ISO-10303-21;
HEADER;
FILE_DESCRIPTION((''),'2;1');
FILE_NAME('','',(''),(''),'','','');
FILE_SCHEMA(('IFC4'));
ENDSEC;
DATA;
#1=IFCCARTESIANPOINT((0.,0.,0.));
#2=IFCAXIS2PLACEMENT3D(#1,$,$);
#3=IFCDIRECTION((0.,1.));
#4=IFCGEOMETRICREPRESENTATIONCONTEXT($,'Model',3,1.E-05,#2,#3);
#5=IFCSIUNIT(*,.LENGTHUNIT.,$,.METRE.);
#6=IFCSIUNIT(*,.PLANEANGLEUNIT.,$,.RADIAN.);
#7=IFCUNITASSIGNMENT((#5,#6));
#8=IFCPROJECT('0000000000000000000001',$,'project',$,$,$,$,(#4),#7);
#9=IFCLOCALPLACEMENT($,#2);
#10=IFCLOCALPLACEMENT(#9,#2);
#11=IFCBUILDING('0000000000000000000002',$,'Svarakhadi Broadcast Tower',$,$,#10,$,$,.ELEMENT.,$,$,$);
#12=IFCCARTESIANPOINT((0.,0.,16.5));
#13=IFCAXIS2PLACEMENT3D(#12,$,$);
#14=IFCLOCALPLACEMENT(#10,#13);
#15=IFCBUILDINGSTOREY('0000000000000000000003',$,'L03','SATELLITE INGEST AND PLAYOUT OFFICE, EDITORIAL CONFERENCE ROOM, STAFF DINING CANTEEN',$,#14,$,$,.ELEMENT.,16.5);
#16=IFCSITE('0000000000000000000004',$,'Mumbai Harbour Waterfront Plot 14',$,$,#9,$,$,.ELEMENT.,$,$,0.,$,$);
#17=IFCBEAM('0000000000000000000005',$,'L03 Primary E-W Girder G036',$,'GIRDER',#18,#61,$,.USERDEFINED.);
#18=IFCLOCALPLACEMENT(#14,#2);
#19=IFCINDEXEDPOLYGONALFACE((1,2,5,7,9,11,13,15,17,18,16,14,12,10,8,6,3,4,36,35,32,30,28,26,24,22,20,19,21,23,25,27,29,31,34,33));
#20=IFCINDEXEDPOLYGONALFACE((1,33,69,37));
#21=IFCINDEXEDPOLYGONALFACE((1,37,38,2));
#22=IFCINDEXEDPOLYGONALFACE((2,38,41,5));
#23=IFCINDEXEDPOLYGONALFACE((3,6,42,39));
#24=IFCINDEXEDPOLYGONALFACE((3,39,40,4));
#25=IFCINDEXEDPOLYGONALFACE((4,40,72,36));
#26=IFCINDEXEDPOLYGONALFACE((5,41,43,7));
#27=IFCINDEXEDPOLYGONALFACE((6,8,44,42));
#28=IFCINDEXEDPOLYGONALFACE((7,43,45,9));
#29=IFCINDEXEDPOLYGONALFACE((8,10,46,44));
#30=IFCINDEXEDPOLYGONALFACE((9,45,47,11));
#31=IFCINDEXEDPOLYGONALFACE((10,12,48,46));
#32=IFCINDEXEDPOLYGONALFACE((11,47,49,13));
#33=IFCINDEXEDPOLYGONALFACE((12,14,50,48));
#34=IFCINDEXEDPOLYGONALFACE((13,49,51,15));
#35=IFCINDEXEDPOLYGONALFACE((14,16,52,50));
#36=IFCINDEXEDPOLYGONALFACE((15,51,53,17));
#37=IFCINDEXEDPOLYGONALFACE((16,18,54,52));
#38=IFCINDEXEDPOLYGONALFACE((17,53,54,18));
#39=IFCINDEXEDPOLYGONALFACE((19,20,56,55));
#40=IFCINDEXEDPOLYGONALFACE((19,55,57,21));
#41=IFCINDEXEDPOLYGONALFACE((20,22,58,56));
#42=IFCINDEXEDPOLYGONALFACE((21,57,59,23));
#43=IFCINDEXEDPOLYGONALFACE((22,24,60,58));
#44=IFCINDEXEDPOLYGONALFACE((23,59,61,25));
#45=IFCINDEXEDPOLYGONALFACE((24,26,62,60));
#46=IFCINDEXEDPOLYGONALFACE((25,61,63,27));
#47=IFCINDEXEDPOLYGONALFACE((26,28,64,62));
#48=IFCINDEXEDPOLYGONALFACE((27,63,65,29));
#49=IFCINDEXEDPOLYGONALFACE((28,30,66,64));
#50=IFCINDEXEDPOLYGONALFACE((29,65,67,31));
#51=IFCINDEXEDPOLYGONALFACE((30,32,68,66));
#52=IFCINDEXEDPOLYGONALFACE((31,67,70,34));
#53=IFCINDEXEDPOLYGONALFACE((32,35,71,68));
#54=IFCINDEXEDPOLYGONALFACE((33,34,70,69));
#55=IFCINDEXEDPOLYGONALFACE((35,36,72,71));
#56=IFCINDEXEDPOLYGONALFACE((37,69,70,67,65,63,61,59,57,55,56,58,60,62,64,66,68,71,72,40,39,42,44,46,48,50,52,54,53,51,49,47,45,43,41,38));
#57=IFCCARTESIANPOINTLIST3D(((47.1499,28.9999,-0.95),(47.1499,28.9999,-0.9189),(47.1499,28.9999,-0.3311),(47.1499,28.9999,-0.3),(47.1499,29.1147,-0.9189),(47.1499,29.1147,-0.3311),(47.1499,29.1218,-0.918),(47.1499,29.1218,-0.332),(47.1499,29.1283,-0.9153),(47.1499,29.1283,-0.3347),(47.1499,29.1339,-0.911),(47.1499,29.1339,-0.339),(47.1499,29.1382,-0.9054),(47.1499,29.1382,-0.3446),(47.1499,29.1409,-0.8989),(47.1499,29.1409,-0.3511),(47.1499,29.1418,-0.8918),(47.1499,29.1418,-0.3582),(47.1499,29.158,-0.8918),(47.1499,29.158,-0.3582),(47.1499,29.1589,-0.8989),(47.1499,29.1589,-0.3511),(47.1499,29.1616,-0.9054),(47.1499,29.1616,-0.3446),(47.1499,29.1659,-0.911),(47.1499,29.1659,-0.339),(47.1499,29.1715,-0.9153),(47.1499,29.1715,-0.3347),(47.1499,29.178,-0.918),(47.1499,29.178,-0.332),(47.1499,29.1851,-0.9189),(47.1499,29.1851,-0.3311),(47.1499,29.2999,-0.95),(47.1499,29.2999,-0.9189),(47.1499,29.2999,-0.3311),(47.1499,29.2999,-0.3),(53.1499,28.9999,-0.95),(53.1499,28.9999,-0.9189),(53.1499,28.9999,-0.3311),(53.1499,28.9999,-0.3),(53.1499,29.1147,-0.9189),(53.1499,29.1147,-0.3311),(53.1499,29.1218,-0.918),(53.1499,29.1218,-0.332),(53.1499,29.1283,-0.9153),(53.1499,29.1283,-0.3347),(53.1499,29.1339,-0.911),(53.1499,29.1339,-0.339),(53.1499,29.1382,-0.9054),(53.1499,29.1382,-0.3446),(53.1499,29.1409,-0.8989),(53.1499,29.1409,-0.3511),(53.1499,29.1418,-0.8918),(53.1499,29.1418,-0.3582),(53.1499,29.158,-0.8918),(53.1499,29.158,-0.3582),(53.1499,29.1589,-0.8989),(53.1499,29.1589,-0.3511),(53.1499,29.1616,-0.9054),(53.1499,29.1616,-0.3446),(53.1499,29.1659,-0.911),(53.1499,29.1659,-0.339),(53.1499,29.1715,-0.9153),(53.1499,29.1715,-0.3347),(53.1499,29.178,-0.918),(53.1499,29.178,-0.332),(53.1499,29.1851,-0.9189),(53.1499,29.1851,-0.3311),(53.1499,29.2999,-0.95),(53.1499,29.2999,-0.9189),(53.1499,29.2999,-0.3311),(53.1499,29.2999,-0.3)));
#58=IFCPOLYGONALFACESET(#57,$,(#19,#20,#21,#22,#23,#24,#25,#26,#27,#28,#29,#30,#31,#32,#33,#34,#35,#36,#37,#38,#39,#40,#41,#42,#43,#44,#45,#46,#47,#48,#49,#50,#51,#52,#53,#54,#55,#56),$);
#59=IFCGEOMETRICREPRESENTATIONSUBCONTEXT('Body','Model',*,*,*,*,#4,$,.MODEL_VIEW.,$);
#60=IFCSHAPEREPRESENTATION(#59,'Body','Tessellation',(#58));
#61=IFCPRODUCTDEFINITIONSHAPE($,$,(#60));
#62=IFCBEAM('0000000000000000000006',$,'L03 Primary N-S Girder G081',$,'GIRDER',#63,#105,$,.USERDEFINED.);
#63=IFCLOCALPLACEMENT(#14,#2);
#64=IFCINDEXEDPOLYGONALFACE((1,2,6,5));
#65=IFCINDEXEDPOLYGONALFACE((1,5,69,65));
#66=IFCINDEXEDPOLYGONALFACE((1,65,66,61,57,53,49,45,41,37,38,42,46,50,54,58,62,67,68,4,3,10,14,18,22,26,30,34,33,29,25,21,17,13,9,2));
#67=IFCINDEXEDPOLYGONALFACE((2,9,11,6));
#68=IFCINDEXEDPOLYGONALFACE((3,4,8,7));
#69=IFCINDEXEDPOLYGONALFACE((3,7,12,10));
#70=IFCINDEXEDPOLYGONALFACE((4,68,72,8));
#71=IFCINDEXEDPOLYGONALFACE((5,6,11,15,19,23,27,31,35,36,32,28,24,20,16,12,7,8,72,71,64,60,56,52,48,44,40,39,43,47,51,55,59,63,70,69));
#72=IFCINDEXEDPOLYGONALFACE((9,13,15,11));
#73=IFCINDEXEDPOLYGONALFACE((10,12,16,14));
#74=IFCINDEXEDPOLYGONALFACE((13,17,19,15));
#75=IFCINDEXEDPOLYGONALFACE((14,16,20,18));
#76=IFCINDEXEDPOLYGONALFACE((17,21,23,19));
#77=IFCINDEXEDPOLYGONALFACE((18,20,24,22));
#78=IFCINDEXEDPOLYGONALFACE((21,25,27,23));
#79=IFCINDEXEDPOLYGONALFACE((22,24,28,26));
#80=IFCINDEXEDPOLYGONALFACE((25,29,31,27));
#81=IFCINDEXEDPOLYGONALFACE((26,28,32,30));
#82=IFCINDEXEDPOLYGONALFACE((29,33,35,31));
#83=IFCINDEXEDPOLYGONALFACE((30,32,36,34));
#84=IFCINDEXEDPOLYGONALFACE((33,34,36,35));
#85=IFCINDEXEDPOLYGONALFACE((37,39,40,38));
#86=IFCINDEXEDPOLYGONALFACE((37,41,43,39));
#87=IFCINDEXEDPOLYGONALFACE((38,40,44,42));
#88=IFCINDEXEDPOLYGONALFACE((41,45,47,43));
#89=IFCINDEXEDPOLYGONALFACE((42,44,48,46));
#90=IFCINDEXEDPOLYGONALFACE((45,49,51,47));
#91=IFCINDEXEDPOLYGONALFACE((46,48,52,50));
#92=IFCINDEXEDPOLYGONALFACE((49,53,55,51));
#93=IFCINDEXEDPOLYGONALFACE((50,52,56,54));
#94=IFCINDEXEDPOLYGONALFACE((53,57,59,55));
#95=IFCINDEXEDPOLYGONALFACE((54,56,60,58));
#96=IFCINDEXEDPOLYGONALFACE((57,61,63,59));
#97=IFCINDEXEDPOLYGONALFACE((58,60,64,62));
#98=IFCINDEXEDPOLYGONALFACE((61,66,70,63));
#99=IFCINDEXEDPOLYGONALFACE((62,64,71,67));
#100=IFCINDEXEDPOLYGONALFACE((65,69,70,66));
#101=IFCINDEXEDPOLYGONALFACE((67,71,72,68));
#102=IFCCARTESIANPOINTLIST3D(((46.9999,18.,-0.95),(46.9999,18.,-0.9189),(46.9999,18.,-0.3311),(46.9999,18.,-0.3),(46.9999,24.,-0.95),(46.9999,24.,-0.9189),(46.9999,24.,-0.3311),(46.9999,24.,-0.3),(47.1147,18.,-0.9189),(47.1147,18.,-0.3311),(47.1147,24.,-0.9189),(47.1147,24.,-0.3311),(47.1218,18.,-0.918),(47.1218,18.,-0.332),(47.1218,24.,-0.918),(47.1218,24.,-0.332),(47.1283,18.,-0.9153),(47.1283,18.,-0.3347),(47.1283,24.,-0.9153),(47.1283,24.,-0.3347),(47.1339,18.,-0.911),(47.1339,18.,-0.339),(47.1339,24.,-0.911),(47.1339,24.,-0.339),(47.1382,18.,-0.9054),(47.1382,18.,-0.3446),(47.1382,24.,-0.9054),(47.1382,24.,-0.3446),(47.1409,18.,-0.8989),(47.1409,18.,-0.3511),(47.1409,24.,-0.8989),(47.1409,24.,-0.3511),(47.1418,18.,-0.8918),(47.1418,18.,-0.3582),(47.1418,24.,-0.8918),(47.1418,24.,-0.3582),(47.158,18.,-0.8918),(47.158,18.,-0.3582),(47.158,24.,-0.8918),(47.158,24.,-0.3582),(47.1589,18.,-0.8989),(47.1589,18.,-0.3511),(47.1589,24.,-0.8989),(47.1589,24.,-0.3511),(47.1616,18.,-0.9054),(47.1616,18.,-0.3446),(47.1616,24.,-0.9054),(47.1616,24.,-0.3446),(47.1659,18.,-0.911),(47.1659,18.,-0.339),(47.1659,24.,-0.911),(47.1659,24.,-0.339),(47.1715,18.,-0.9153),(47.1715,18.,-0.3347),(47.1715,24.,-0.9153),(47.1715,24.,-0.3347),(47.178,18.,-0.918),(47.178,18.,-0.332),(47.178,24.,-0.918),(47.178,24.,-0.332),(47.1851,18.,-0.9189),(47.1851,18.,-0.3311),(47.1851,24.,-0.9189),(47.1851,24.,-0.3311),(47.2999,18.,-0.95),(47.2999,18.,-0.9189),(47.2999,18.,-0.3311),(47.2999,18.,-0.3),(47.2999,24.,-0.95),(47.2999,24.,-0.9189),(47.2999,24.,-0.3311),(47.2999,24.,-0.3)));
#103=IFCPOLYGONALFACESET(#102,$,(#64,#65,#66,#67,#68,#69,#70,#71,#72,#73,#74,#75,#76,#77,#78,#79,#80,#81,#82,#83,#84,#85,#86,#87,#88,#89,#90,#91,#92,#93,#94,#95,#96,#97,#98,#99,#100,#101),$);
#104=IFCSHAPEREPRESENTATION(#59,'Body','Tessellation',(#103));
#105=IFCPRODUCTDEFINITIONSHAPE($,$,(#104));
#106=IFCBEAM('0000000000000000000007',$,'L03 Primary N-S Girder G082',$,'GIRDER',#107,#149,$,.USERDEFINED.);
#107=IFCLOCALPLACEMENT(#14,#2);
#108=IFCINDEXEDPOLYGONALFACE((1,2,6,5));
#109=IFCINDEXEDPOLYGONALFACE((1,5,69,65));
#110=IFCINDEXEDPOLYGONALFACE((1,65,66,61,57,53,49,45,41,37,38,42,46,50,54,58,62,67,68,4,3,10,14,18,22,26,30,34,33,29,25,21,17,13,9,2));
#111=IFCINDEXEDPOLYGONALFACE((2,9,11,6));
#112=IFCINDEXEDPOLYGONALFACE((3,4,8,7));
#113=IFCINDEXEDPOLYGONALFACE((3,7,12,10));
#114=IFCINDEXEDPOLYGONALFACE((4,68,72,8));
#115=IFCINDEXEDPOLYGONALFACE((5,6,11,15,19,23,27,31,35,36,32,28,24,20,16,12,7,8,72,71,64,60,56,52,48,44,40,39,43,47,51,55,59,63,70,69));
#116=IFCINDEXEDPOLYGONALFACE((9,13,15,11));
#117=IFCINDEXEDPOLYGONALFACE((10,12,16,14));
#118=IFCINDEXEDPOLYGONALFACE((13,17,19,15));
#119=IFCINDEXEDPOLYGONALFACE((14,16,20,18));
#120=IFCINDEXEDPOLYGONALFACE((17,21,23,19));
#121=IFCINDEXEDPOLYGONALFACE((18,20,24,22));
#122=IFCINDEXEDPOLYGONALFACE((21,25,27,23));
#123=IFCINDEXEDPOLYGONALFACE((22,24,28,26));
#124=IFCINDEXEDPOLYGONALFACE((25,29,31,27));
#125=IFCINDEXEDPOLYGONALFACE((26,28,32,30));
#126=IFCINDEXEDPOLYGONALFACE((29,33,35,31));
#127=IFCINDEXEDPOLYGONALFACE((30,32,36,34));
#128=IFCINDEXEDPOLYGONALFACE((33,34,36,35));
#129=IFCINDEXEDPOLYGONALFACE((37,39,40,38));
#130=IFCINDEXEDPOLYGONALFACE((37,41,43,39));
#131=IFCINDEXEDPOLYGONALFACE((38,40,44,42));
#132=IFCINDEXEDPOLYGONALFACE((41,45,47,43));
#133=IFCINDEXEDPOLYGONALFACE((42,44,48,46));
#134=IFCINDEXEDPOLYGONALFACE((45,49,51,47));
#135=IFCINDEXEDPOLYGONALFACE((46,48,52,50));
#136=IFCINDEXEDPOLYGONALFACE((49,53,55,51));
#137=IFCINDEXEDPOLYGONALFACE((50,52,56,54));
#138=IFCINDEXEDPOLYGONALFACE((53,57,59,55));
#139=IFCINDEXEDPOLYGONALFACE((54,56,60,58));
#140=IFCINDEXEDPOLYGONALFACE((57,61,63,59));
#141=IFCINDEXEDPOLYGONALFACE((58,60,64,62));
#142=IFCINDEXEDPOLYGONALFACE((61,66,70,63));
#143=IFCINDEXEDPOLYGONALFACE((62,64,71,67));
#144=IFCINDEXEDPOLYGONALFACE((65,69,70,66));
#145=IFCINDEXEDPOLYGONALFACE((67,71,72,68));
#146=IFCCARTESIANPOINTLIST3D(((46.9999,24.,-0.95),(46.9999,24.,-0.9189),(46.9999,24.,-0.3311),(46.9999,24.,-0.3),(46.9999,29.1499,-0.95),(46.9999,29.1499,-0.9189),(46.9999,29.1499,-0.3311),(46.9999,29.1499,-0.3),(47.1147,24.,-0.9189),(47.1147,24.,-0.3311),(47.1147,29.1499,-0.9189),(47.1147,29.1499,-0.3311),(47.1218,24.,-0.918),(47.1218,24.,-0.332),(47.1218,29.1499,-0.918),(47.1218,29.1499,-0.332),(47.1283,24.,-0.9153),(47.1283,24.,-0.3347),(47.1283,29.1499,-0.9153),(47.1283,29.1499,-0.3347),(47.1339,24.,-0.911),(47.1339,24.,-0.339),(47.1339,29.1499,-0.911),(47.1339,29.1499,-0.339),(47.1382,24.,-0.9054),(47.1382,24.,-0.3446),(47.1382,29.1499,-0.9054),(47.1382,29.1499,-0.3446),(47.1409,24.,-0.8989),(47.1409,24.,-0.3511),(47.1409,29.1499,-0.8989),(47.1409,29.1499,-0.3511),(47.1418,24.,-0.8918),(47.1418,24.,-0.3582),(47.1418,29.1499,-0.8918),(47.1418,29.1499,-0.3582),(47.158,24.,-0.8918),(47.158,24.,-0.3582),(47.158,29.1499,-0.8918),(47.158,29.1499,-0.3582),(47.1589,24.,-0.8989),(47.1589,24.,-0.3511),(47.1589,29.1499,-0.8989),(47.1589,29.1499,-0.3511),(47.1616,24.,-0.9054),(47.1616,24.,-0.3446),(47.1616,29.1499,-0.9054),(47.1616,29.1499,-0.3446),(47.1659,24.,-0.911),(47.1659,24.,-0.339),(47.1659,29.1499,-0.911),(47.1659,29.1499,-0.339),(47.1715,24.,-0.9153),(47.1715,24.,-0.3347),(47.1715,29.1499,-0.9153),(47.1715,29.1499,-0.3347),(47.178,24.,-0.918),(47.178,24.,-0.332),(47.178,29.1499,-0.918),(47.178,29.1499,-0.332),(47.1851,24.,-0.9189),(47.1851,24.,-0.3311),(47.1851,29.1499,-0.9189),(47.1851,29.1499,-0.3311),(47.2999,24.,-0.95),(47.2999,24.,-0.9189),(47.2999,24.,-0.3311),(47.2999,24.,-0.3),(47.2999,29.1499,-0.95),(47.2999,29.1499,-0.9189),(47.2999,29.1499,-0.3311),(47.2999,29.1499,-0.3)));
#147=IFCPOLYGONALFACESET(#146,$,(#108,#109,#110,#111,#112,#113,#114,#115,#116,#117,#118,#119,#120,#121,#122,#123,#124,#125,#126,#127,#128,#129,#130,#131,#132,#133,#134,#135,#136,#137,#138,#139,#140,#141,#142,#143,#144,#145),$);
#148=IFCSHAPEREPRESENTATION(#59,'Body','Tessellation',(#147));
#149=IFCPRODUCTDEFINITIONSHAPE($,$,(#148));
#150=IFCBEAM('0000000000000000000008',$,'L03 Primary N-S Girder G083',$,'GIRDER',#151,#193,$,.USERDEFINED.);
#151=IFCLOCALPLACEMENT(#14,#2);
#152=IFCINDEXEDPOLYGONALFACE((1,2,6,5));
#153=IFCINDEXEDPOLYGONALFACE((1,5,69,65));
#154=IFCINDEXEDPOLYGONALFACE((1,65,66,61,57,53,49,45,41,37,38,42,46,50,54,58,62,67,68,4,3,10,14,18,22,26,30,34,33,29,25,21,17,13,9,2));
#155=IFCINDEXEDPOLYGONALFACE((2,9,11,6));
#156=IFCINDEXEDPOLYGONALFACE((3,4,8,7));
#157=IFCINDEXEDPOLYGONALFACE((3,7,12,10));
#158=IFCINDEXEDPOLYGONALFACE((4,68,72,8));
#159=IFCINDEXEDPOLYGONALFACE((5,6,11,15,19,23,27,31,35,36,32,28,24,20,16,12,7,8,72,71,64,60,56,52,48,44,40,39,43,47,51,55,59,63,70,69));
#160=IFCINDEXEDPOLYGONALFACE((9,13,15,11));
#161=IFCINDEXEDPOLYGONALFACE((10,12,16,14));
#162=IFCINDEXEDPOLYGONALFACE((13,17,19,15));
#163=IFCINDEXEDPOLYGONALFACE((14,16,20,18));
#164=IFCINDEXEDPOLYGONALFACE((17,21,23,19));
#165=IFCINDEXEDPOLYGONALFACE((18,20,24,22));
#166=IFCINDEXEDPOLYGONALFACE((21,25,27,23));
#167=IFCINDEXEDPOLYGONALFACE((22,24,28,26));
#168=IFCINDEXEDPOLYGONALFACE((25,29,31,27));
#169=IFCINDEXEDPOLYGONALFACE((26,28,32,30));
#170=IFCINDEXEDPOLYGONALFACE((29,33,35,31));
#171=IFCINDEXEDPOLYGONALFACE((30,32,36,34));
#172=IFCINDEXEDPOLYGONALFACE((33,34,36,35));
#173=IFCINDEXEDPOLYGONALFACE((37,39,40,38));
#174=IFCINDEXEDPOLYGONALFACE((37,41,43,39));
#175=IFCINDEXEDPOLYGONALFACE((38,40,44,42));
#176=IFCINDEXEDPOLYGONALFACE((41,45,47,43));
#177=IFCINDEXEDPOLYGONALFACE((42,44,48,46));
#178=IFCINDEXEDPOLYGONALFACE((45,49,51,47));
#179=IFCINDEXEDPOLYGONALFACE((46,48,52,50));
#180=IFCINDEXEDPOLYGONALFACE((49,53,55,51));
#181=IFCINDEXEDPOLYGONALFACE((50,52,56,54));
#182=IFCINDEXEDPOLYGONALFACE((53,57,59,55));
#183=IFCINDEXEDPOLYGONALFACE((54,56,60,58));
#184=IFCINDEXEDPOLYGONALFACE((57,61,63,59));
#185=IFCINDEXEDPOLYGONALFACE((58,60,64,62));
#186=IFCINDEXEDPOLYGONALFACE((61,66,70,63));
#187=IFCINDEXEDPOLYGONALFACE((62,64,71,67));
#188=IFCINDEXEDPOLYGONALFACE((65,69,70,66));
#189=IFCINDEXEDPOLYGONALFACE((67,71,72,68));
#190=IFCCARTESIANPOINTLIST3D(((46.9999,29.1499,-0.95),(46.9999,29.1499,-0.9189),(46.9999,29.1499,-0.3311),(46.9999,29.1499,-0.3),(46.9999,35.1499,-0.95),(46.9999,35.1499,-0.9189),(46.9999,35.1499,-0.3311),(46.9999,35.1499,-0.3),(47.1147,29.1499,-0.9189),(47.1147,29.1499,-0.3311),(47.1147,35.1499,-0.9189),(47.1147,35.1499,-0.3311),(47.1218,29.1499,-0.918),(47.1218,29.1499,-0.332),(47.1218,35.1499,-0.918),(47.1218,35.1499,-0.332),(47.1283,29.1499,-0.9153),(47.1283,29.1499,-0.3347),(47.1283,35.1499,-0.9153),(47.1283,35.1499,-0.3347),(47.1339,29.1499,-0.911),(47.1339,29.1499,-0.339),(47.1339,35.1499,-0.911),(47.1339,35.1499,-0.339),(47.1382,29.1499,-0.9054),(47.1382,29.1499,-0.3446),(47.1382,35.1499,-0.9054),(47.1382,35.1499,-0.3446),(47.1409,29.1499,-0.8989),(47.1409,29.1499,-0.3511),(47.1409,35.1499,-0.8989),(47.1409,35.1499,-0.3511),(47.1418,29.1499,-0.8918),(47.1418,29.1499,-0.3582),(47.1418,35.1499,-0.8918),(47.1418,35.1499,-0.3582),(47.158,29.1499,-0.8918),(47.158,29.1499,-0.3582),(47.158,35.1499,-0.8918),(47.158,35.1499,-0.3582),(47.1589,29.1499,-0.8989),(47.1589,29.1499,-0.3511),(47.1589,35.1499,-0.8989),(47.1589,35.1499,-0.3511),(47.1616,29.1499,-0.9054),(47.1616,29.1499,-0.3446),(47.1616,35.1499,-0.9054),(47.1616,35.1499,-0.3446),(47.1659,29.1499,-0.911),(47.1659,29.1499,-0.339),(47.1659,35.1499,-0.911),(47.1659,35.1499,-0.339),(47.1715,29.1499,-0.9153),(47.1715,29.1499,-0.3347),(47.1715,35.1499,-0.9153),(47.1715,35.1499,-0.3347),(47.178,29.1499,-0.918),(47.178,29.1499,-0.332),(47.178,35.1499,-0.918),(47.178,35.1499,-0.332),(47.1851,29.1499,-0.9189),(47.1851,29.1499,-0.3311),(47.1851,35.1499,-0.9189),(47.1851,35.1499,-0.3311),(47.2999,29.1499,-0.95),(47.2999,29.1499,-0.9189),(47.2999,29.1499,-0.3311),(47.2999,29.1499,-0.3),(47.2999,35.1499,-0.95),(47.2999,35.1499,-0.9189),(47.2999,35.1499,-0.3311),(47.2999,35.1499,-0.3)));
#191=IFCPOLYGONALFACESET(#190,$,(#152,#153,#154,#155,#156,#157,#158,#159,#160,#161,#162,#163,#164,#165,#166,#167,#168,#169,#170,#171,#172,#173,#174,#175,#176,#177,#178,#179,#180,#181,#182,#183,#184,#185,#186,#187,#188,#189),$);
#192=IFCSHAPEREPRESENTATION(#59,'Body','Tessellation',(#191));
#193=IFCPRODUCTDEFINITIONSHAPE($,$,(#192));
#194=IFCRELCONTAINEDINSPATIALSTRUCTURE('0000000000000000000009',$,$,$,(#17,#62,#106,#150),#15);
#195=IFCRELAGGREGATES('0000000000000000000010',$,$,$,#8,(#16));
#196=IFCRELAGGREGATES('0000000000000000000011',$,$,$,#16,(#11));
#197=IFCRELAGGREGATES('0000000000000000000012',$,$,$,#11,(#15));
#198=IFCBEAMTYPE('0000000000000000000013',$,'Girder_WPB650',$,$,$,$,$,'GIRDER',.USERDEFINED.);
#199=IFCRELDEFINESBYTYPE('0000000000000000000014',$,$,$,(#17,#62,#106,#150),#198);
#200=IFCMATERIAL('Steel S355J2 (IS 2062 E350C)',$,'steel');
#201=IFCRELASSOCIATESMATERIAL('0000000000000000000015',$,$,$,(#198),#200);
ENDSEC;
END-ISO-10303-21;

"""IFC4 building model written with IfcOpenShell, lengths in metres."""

from ifc_helpers import new_model, si_unit, direction, frame, origin, origin_2d, place, context, subcontext, project, spatial, i_section, extrude, material, material_profile, profile_set, type_object, element, save


model = new_model("IFC4")

# Units and contexts
model_context = context("Model", 3, precision=1e-05, world=origin(), true_north=direction((0.0, 1.0)))
body_context = subcontext(model_context, "Body", "Model", "MODEL_VIEW")
ifc_project = project(units=[si_unit("LENGTHUNIT", "METRE"), si_unit("PLANEANGLEUNIT", "RADIAN")], contexts=[model_context])

# Site, building, storey
site_placement = place(None, origin())
site = spatial("IfcSite", under=ifc_project, at=site_placement, Name="Mumbai Harbour Waterfront Plot 14", CompositionType="ELEMENT", RefElevation=0.0)
building_placement = place(site_placement, origin())
building = spatial("IfcBuilding", under=site, at=building_placement, Name="Svarakhadi Broadcast Tower", CompositionType="ELEMENT")
storey_placement = place(building_placement, frame((0.0, 0.0, 16.5)))
storey = spatial("IfcBuildingStorey", under=building, at=storey_placement, Name="L03", Description="SATELLITE INGEST AND PLAYOUT OFFICE, EDITORIAL CONFERENCE ROOM, STAFF DINING CANTEEN", CompositionType="ELEMENT", Elevation=16.5)

# Shared definitions
ifc_material_1 = material(Name="Steel S355J2 (IS 2062 E350C)", Category="steel")

# Beams
ifc_material_profile_1 = material_profile(ifc_material_1, i_section(OverallWidth=0.3, OverallDepth=0.6499, WebThickness=0.0161, FlangeThickness=0.031, FilletRadius=0.0271, at=origin_2d()), Name="WPB 650x300x225")
ifc_profile_set_1 = profile_set([ifc_material_profile_1], Name="Steel S355J2 (IS 2062 E350C)")
beam_type_1 = type_object("IfcBeamType", Name="Girder_WPB650", ElementType="GIRDER", PredefinedType="USERDEFINED", material=ifc_profile_set_1)
for number, where, z_axis, x_axis, name in (
    (1, (47.1499, 29.1499, -0.625), (1.0, 0.0, 0.0), (0.0, 1.0, 0.0), "L03 Primary E-W Girder G036"),
    (2, (47.1499, 18.0, -0.625), (0.0, 1.0, 0.0), (-1.0, 0.0, 0.0), "L03 Primary N-S Girder G081"),
):
    element("IfcBeam", number, at=place(storey_placement, frame(where, z_axis=z_axis, x_axis=x_axis)), inside=storey, type_object=beam_type_1, Name=name, ObjectType="GIRDER", PredefinedType="USERDEFINED", context=body_context, shape_type="SweptSolid", body=[
        extrude(i_section(OverallWidth=0.3, OverallDepth=0.6499, WebThickness=0.0161, FlangeThickness=0.031, FilletRadius=0.0271, at=origin_2d()), origin(), (0.0, 0.0, 1.0), 6.0),
    ])
beam_1_placement = place(storey_placement, frame((47.1499, 24.0, -0.625), z_axis=(0.0, 1.0, 0.0), x_axis=(-1.0, 0.0, 0.0)))
element("IfcBeam", 3, at=beam_1_placement, inside=storey, type_object=beam_type_1, Name="L03 Primary N-S Girder G082", ObjectType="GIRDER", PredefinedType="USERDEFINED", context=body_context, shape_type="SweptSolid", body=[
    extrude(i_section(OverallWidth=0.3, OverallDepth=0.6499, WebThickness=0.0161, FlangeThickness=0.031, FilletRadius=0.0271, at=origin_2d()), origin(), (0.0, 0.0, 1.0), 5.1499),
])
for number, where, z_axis, x_axis, name in (
    (4, (47.1499, 29.1499, -0.625), (0.0, 1.0, 0.0), (-1.0, 0.0, 0.0), "L03 Primary N-S Girder G083"),
):
    element("IfcBeam", number, at=place(storey_placement, frame(where, z_axis=z_axis, x_axis=x_axis)), inside=storey, type_object=beam_type_1, Name=name, ObjectType="GIRDER", PredefinedType="USERDEFINED", context=body_context, shape_type="SweptSolid", body=[
        extrude(i_section(OverallWidth=0.3, OverallDepth=0.6499, WebThickness=0.0161, FlangeThickness=0.031, FilletRadius=0.0271, at=origin_2d()), origin(), (0.0, 0.0, 1.0), 6.0),
    ])

save(model, "model.ifc")
